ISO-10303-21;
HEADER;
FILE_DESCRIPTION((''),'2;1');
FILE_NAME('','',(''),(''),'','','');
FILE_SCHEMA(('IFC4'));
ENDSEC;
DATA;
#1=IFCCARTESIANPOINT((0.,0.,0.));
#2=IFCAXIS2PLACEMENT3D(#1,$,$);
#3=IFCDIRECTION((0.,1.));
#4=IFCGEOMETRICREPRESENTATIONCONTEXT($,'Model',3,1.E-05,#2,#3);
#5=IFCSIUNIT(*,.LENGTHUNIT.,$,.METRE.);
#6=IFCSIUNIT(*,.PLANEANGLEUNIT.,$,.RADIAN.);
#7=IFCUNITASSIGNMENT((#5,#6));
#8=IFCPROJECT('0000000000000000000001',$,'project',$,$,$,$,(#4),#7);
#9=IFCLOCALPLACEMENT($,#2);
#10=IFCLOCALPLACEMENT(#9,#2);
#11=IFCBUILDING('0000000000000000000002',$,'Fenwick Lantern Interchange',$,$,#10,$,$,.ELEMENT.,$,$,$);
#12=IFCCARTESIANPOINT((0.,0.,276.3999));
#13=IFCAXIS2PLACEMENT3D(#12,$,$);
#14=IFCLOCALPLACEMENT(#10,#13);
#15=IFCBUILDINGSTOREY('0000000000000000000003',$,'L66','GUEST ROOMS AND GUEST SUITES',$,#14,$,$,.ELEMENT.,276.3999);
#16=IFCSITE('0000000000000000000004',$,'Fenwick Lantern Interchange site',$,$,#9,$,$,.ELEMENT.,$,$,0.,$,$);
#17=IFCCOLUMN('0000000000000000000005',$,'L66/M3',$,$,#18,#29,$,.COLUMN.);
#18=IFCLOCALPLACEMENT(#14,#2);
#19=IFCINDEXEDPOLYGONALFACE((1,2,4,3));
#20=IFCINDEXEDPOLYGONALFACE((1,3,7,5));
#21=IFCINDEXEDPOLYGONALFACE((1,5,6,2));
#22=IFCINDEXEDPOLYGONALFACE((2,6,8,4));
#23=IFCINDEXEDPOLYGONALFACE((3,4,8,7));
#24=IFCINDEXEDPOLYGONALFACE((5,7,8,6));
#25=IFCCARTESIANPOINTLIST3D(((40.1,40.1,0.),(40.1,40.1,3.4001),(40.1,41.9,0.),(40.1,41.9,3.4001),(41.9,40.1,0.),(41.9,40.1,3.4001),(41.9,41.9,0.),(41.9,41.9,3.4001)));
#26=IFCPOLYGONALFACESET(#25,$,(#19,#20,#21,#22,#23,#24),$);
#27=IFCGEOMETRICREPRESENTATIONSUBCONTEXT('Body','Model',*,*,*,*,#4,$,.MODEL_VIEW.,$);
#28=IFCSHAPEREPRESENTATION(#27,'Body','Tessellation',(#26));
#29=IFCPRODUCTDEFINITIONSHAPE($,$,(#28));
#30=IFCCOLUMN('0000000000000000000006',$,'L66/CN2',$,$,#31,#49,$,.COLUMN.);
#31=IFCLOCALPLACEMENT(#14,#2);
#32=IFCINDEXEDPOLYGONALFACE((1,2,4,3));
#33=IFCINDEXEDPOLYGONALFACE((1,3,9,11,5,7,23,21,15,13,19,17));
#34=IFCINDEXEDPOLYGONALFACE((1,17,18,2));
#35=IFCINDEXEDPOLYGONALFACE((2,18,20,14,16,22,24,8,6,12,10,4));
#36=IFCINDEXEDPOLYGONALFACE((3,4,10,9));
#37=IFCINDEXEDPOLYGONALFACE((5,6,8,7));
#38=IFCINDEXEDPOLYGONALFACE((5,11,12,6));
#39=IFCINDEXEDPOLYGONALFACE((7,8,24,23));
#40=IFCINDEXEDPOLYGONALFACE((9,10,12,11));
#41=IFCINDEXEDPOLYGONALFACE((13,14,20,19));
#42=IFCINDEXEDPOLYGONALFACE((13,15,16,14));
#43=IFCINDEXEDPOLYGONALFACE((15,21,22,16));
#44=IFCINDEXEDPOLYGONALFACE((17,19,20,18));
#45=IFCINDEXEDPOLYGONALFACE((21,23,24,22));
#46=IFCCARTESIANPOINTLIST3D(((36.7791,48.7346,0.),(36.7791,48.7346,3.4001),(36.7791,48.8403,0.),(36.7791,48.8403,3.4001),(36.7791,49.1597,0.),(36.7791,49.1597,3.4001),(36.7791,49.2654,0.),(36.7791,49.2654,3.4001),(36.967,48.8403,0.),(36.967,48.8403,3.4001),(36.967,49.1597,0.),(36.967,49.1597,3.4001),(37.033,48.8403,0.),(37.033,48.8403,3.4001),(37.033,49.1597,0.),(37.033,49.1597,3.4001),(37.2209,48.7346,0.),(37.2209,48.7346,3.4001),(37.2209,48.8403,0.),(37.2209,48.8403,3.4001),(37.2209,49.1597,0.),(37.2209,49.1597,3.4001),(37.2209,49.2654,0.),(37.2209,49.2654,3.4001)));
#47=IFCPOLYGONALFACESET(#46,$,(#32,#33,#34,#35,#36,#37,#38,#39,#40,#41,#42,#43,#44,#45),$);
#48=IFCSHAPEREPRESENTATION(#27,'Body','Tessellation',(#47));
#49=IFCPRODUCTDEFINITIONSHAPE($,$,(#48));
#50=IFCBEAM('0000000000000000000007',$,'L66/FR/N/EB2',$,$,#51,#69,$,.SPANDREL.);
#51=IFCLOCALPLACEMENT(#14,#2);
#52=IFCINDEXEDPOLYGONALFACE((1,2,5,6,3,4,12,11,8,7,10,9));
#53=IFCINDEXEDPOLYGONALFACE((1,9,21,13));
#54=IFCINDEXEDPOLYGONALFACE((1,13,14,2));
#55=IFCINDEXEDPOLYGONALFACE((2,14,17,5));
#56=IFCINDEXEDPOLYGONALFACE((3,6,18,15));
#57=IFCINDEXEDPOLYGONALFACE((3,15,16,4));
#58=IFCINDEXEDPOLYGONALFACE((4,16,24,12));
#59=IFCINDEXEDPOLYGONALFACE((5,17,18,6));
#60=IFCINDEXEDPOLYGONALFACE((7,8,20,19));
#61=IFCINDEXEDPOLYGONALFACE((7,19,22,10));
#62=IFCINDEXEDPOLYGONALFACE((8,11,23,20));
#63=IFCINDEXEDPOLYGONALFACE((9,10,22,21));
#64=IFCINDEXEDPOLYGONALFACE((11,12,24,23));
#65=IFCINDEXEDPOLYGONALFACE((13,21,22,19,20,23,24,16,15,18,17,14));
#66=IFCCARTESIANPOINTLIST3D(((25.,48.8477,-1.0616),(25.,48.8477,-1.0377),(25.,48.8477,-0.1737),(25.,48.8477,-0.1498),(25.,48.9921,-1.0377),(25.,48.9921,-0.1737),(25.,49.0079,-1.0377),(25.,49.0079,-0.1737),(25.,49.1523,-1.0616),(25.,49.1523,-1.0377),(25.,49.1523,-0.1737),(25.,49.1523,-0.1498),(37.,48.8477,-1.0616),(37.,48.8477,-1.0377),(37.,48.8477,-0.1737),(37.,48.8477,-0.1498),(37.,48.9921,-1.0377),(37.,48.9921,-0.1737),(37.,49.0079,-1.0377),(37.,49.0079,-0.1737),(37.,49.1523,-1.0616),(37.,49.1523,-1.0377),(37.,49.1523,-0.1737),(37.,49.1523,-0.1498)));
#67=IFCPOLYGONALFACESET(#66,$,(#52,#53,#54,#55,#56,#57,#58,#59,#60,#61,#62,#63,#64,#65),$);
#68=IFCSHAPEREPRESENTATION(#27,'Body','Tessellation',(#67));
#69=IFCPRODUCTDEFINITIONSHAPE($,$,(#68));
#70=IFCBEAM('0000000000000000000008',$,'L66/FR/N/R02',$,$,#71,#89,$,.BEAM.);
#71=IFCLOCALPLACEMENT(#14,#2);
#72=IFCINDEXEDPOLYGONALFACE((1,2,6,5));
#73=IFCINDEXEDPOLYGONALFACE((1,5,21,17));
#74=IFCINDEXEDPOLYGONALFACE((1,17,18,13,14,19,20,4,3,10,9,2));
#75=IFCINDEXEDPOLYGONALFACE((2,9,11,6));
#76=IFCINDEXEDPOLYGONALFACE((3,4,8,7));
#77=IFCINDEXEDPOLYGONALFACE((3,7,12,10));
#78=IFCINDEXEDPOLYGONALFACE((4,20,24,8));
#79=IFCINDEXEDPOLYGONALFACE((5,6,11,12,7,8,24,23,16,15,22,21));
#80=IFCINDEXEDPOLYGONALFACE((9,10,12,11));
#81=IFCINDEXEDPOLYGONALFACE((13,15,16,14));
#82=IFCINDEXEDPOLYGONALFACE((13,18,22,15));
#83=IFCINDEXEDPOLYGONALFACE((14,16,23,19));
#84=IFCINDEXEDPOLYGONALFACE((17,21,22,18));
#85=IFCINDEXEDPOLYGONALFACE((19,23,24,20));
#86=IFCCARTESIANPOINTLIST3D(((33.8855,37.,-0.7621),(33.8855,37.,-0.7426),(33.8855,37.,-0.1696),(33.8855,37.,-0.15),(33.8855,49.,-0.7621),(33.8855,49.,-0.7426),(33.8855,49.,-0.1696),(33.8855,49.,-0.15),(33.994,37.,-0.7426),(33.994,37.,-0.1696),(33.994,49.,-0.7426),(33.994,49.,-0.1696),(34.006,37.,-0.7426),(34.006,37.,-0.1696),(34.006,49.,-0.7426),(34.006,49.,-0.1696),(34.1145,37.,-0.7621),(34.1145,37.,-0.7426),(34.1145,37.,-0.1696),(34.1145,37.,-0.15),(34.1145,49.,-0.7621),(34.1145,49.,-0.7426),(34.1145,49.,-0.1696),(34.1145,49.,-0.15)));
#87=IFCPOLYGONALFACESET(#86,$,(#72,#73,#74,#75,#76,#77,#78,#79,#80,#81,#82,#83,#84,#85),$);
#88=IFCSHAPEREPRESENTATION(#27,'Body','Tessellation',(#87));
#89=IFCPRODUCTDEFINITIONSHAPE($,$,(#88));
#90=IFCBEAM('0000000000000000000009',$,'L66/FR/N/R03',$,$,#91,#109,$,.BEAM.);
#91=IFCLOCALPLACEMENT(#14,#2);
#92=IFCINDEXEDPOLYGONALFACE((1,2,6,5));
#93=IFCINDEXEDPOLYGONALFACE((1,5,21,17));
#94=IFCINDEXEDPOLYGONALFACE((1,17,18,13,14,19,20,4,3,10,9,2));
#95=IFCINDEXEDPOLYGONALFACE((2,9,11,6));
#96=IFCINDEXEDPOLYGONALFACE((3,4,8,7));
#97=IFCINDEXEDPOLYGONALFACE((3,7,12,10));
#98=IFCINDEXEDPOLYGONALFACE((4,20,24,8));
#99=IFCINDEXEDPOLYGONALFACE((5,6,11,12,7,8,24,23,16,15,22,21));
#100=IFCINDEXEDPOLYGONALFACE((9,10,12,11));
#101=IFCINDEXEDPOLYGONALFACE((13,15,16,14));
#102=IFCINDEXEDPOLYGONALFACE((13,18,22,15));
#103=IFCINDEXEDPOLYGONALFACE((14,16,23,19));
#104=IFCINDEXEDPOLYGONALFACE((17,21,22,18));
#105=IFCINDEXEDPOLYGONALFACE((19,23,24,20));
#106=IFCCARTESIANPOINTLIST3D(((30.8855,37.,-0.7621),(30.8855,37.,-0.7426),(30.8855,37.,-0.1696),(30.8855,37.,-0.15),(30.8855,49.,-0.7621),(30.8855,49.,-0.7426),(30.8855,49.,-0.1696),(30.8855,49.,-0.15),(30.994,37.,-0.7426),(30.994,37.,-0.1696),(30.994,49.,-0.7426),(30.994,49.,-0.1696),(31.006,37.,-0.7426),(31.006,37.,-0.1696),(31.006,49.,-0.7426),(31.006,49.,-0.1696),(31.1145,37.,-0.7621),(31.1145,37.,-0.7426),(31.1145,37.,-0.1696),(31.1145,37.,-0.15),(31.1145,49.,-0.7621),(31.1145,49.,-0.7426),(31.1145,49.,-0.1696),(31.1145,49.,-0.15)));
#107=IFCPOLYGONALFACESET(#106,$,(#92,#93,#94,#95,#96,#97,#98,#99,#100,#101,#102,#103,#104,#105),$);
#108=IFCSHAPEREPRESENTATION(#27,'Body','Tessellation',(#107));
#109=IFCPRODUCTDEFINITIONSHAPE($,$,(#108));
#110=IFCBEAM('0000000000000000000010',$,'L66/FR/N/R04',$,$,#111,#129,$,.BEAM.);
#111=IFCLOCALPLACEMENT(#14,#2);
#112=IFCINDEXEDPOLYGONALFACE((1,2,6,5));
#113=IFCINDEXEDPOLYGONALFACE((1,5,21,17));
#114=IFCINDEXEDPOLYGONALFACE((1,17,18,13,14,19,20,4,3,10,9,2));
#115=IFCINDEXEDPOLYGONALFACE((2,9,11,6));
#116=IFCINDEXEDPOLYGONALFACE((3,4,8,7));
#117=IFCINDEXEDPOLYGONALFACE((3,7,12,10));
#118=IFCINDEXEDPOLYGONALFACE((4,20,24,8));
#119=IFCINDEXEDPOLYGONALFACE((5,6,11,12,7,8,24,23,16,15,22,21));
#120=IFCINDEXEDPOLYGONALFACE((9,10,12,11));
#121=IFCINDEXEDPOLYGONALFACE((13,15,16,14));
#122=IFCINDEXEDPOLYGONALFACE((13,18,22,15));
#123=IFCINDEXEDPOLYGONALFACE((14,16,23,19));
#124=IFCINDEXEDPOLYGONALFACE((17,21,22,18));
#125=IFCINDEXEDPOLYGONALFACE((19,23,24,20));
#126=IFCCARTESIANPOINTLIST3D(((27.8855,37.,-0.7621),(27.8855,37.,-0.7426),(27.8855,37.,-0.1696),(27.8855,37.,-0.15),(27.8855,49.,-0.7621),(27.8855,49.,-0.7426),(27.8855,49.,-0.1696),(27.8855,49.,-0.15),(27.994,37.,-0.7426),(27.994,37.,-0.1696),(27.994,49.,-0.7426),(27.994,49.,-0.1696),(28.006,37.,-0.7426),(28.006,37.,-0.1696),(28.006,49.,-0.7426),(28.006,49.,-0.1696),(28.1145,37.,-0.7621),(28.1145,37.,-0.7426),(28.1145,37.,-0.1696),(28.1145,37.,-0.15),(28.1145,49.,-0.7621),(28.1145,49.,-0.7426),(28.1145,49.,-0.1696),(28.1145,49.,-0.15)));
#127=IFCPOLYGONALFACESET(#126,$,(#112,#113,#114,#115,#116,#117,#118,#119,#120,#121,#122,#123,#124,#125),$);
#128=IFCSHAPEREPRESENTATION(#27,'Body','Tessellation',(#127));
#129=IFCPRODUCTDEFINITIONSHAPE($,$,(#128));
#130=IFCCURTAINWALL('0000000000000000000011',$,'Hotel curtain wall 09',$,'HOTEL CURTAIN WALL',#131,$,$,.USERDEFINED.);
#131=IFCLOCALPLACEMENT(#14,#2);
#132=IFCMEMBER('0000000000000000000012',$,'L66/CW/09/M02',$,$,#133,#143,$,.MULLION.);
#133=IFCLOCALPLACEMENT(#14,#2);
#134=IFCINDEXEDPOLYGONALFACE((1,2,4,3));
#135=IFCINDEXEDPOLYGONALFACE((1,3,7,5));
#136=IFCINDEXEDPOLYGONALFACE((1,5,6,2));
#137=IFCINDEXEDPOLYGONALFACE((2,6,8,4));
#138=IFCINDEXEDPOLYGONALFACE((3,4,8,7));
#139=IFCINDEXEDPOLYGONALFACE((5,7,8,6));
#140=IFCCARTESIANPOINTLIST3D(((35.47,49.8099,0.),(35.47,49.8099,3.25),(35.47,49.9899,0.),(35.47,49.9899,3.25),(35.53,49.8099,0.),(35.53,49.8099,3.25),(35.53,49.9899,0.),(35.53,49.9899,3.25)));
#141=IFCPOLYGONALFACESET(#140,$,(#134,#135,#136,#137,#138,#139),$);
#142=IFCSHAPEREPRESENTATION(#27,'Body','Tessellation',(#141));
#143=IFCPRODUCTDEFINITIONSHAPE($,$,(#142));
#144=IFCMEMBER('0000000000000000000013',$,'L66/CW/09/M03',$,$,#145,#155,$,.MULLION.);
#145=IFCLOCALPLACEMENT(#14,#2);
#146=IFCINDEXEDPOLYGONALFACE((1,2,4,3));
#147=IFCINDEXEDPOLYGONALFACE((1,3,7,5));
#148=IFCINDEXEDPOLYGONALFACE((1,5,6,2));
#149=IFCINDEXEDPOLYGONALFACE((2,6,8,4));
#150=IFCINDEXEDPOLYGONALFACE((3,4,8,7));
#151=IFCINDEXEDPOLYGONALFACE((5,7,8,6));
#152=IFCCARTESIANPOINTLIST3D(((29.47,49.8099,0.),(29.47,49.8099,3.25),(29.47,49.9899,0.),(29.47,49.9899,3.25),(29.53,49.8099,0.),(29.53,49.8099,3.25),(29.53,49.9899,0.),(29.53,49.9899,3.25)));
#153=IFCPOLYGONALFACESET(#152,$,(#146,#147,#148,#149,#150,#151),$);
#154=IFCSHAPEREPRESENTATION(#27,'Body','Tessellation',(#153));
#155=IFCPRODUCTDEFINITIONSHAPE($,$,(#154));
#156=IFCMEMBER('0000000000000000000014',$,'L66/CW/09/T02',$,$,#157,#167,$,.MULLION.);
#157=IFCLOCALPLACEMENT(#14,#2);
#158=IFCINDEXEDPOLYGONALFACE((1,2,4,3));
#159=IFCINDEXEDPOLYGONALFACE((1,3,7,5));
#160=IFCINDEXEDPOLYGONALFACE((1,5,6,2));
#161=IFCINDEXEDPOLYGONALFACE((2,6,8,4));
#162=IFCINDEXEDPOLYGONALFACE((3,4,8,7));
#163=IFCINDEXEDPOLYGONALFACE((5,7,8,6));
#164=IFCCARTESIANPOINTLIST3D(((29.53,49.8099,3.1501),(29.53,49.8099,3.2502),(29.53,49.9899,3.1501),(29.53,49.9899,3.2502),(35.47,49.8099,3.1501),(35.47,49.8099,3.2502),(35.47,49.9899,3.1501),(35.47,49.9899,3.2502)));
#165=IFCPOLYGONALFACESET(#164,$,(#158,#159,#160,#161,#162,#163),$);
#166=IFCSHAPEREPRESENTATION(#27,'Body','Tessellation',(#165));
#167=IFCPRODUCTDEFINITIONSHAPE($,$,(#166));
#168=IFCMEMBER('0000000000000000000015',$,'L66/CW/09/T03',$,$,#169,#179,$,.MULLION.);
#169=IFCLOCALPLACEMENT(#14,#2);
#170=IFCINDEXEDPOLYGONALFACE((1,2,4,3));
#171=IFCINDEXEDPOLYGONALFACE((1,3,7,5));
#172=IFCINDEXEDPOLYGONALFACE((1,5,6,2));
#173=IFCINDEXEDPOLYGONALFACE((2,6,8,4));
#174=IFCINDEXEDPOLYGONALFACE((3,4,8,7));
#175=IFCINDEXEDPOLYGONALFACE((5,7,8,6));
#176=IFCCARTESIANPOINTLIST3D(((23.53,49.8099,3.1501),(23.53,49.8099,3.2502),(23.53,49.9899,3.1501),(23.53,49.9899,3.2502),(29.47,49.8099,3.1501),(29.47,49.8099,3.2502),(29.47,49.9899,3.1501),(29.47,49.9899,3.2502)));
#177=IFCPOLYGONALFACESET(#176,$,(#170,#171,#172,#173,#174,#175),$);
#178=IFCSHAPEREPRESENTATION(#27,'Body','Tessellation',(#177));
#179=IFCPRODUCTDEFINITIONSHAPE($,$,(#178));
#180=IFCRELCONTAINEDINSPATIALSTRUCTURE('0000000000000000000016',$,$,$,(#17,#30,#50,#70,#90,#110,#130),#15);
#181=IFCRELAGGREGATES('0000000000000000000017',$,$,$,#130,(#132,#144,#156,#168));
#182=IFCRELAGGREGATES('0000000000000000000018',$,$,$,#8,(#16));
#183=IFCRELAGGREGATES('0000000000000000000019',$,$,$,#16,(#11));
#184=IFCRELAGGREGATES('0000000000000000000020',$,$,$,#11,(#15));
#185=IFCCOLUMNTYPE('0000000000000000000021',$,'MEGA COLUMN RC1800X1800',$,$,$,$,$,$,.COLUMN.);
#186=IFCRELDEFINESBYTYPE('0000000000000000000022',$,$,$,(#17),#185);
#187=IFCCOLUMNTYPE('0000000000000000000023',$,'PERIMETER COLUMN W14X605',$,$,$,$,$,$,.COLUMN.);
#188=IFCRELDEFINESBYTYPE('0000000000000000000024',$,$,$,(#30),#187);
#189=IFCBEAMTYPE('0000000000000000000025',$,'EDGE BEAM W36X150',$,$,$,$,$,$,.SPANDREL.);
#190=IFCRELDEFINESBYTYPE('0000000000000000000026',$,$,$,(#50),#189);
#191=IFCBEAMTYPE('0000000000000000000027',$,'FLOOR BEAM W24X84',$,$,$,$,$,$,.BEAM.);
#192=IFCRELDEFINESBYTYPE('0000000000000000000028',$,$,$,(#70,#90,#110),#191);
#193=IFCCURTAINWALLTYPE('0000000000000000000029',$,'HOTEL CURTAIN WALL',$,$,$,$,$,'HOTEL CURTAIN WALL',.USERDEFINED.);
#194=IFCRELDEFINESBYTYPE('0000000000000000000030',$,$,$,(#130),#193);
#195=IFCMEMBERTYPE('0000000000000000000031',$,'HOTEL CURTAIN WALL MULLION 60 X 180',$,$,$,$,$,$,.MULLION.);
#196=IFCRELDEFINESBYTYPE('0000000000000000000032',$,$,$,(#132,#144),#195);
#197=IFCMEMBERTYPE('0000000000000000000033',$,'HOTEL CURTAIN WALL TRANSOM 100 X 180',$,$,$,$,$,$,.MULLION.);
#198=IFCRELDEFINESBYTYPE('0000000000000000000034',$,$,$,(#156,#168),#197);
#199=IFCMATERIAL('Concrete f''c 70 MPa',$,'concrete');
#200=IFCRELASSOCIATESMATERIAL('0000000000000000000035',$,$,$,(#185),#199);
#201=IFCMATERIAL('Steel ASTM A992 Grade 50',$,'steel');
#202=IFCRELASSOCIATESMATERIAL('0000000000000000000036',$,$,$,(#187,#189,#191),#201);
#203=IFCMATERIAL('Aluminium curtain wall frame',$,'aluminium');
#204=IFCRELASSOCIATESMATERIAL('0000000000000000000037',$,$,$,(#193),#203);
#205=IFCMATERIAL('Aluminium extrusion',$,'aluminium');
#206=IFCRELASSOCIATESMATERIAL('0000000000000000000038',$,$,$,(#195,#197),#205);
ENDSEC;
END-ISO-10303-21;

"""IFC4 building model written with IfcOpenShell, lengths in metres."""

from ifc_helpers import new_model, si_unit, direction, frame, origin, origin_2d, place, context, subcontext, project, spatial, rectangle, i_section, extrude, material, material_profile, profile_set, type_object, element, aggregate, save


model = new_model("IFC4")

# Units and contexts
model_context = context("Model", 3, precision=1e-05, world=origin(), true_north=direction((0.0, 1.0)))
body_context = subcontext(model_context, "Body", "Model", "MODEL_VIEW")
ifc_project = project(units=[si_unit("LENGTHUNIT", "METRE"), si_unit("PLANEANGLEUNIT", "RADIAN")], contexts=[model_context])

# Site, building, storey
site_placement = place(None, origin())
site = spatial("IfcSite", under=ifc_project, at=site_placement, Name="Fenwick Lantern Interchange site", CompositionType="ELEMENT", RefElevation=0.0)
building_placement = place(site_placement, origin())
building = spatial("IfcBuilding", under=site, at=building_placement, Name="Fenwick Lantern Interchange", CompositionType="ELEMENT")
storey_placement = place(building_placement, frame((0.0, 0.0, 276.3999)))
storey = spatial("IfcBuildingStorey", under=building, at=storey_placement, Name="L66", Description="GUEST ROOMS AND GUEST SUITES", CompositionType="ELEMENT", Elevation=276.3999)

# Columns
ifc_material_1 = material(Name="Concrete f'c 70 MPa", Category="concrete")
ifc_material_profile_1 = material_profile(ifc_material_1, rectangle(XDim=1.8, YDim=1.8, at=origin_2d()), Name="RC1800X1800")
ifc_profile_set_1 = profile_set([ifc_material_profile_1], Name="Concrete f'c 70 MPa")
column_type_1 = type_object("IfcColumnType", Name="MEGA COLUMN RC1800X1800", PredefinedType="COLUMN", material=ifc_profile_set_1)
column_1_placement = place(storey_placement, frame((41.0, 41.0, 0.0), z_axis=(0.0, 0.0, 1.0), x_axis=(1.0, 0.0, 0.0)))
element("IfcColumn", 1, at=column_1_placement, inside=storey, type_object=column_type_1, Name="L66/M3", PredefinedType="COLUMN", context=body_context, shape_type="SweptSolid", body=[
    extrude(rectangle(XDim=1.8, YDim=1.8, at=origin_2d()), origin(), (0.0, 0.0, 1.0), 3.4001),
])
ifc_material_2 = material(Name="Steel ASTM A992 Grade 50", Category="steel")
ifc_material_profile_2 = material_profile(ifc_material_2, i_section(OverallWidth=0.4419, OverallDepth=0.5308, WebThickness=0.0659, FlangeThickness=0.1057, at=origin_2d()), Name="W14X605")
ifc_profile_set_2 = profile_set([ifc_material_profile_2], Name="Steel ASTM A992 Grade 50")
column_type_2 = type_object("IfcColumnType", Name="PERIMETER COLUMN W14X605", PredefinedType="COLUMN", material=ifc_profile_set_2)
column_2_placement = place(storey_placement, frame((37.0, 49.0, 0.0), z_axis=(0.0, 0.0, 1.0), x_axis=(1.0, 0.0, 0.0)))
element("IfcColumn", 2, at=column_2_placement, inside=storey, type_object=column_type_2, Name="L66/CN2", PredefinedType="COLUMN", context=body_context, shape_type="SweptSolid", body=[
    extrude(i_section(OverallWidth=0.4419, OverallDepth=0.5308, WebThickness=0.0659, FlangeThickness=0.1057, at=origin_2d()), origin(), (0.0, 0.0, 1.0), 3.4001),
])

# Beams
ifc_material_profile_3 = material_profile(ifc_material_2, i_section(OverallWidth=0.3047, OverallDepth=0.9119, WebThickness=0.0159, FlangeThickness=0.0239, at=origin_2d()), Name="W36X150")
ifc_profile_set_3 = profile_set([ifc_material_profile_3], Name="Steel ASTM A992 Grade 50")
beam_type_1 = type_object("IfcBeamType", Name="EDGE BEAM W36X150", PredefinedType="SPANDREL", material=ifc_profile_set_3)
beam_1_placement = place(storey_placement, frame((37.0, 49.0, -0.6057), z_axis=(-1.0, 0.0, 0.0), x_axis=(0.0, -1.0, 0.0)))
element("IfcBeam", 3, at=beam_1_placement, inside=storey, type_object=beam_type_1, Name="L66/FR/N/EB2", PredefinedType="SPANDREL", context=body_context, shape_type="SweptSolid", body=[
    extrude(i_section(OverallWidth=0.3047, OverallDepth=0.9119, WebThickness=0.0159, FlangeThickness=0.0239, at=origin_2d()), origin(), (0.0, 0.0, 1.0), 12.0),
])
ifc_material_profile_4 = material_profile(ifc_material_2, i_section(OverallWidth=0.229, OverallDepth=0.6121, WebThickness=0.012, FlangeThickness=0.0195, at=origin_2d()), Name="W24X84")
ifc_profile_set_4 = profile_set([ifc_material_profile_4], Name="Steel ASTM A992 Grade 50")
beam_type_2 = type_object("IfcBeamType", Name="FLOOR BEAM W24X84", PredefinedType="BEAM", material=ifc_profile_set_4)
for number, where, z_axis, x_axis, name in (
    (4, (34.0, 49.0, -0.4561), (0.0, -1.0, 0.0), (1.0, 0.0, 0.0), "L66/FR/N/R02"),
    (5, (31.0, 49.0, -0.4561), (0.0, -1.0, 0.0), (1.0, 0.0, 0.0), "L66/FR/N/R03"),
    (6, (28.0, 49.0, -0.4561), (0.0, -1.0, 0.0), (1.0, 0.0, 0.0), "L66/FR/N/R04"),
):
    element("IfcBeam", number, at=place(storey_placement, frame(where, z_axis=z_axis, x_axis=x_axis)), inside=storey, type_object=beam_type_2, Name=name, PredefinedType="BEAM", context=body_context, shape_type="SweptSolid", body=[
        extrude(i_section(OverallWidth=0.229, OverallDepth=0.6121, WebThickness=0.012, FlangeThickness=0.0195, at=origin_2d()), origin(), (0.0, 0.0, 1.0), 12.0),
    ])

# Curtain wall, members
ifc_material_3 = material(Name="Aluminium curtain wall frame", Category="aluminium")
curtain_wall_type = type_object("IfcCurtainWallType", Name="HOTEL CURTAIN WALL", ElementType="HOTEL CURTAIN WALL", PredefinedType="USERDEFINED", material=ifc_material_3)
curtain_wall_placement = place(storey_placement, origin())
curtain_wall = element("IfcCurtainWall", 7, at=curtain_wall_placement, inside=storey, type_object=curtain_wall_type, Name="Hotel curtain wall 09", ObjectType="HOTEL CURTAIN WALL", PredefinedType="USERDEFINED")
ifc_material_4 = material(Name="Aluminium extrusion", Category="aluminium")
ifc_material_profile_5 = material_profile(ifc_material_4, rectangle(XDim=0.1799, YDim=0.0601, at=origin_2d()), Name="HOTEL CURTAIN WALL MULLION 60 X 180")
ifc_profile_set_5 = profile_set([ifc_material_profile_5], Name="Aluminium extrusion")
member_type_1 = type_object("IfcMemberType", Name="HOTEL CURTAIN WALL MULLION 60 X 180", PredefinedType="MULLION", material=ifc_profile_set_5)
member_1_placement = place(storey_placement, frame((35.5, 49.8999, 0.0), z_axis=(0.0, 0.0, 1.0), x_axis=(0.0, -1.0, 0.0)))
member_1 = element("IfcMember", 8, at=member_1_placement, type_object=member_type_1, Name="L66/CW/09/M02", PredefinedType="MULLION", context=body_context, shape_type="SweptSolid", body=[
    extrude(rectangle(XDim=0.1799, YDim=0.0601, at=origin_2d()), origin(), (0.0, 0.0, 1.0), 3.25),
])
member_2_placement = place(storey_placement, frame((29.5, 49.8999, 0.0), z_axis=(0.0, 0.0, 1.0), x_axis=(0.0, -1.0, 0.0)))
member_2 = element("IfcMember", 9, at=member_2_placement, type_object=member_type_1, Name="L66/CW/09/M03", PredefinedType="MULLION", context=body_context, shape_type="SweptSolid", body=[
    extrude(rectangle(XDim=0.1799, YDim=0.0601, at=origin_2d()), origin(), (0.0, 0.0, 1.0), 3.25),
])
ifc_material_profile_6 = material_profile(ifc_material_4, rectangle(XDim=0.1799, YDim=0.1001, at=origin_2d()), Name="HOTEL CURTAIN WALL TRANSOM 100 X 180")
ifc_profile_set_6 = profile_set([ifc_material_profile_6], Name="Aluminium extrusion")
member_type_2 = type_object("IfcMemberType", Name="HOTEL CURTAIN WALL TRANSOM 100 X 180", PredefinedType="MULLION", material=ifc_profile_set_6)
member_3_placement = place(storey_placement, frame((35.47, 49.8999, 3.2002), z_axis=(-1.0, 0.0, 0.0), x_axis=(0.0, -1.0, 0.0)))
member_3 = element("IfcMember", 10, at=member_3_placement, type_object=member_type_2, Name="L66/CW/09/T02", PredefinedType="MULLION", context=body_context, shape_type="SweptSolid", body=[
    extrude(rectangle(XDim=0.1799, YDim=0.1001, at=origin_2d()), origin(), (0.0, 0.0, 1.0), 5.9399),
])
member_4_placement = place(storey_placement, frame((29.47, 49.8999, 3.2002), z_axis=(-1.0, 0.0, 0.0), x_axis=(0.0, -1.0, 0.0)))
member_4 = element("IfcMember", 11, at=member_4_placement, type_object=member_type_2, Name="L66/CW/09/T03", PredefinedType="MULLION", context=body_context, shape_type="SweptSolid", body=[
    extrude(rectangle(XDim=0.1799, YDim=0.1001, at=origin_2d()), origin(), (0.0, 0.0, 1.0), 5.9399),
])
aggregate(curtain_wall, [member_1, member_2, member_3, member_4])

save(model, "model.ifc")
